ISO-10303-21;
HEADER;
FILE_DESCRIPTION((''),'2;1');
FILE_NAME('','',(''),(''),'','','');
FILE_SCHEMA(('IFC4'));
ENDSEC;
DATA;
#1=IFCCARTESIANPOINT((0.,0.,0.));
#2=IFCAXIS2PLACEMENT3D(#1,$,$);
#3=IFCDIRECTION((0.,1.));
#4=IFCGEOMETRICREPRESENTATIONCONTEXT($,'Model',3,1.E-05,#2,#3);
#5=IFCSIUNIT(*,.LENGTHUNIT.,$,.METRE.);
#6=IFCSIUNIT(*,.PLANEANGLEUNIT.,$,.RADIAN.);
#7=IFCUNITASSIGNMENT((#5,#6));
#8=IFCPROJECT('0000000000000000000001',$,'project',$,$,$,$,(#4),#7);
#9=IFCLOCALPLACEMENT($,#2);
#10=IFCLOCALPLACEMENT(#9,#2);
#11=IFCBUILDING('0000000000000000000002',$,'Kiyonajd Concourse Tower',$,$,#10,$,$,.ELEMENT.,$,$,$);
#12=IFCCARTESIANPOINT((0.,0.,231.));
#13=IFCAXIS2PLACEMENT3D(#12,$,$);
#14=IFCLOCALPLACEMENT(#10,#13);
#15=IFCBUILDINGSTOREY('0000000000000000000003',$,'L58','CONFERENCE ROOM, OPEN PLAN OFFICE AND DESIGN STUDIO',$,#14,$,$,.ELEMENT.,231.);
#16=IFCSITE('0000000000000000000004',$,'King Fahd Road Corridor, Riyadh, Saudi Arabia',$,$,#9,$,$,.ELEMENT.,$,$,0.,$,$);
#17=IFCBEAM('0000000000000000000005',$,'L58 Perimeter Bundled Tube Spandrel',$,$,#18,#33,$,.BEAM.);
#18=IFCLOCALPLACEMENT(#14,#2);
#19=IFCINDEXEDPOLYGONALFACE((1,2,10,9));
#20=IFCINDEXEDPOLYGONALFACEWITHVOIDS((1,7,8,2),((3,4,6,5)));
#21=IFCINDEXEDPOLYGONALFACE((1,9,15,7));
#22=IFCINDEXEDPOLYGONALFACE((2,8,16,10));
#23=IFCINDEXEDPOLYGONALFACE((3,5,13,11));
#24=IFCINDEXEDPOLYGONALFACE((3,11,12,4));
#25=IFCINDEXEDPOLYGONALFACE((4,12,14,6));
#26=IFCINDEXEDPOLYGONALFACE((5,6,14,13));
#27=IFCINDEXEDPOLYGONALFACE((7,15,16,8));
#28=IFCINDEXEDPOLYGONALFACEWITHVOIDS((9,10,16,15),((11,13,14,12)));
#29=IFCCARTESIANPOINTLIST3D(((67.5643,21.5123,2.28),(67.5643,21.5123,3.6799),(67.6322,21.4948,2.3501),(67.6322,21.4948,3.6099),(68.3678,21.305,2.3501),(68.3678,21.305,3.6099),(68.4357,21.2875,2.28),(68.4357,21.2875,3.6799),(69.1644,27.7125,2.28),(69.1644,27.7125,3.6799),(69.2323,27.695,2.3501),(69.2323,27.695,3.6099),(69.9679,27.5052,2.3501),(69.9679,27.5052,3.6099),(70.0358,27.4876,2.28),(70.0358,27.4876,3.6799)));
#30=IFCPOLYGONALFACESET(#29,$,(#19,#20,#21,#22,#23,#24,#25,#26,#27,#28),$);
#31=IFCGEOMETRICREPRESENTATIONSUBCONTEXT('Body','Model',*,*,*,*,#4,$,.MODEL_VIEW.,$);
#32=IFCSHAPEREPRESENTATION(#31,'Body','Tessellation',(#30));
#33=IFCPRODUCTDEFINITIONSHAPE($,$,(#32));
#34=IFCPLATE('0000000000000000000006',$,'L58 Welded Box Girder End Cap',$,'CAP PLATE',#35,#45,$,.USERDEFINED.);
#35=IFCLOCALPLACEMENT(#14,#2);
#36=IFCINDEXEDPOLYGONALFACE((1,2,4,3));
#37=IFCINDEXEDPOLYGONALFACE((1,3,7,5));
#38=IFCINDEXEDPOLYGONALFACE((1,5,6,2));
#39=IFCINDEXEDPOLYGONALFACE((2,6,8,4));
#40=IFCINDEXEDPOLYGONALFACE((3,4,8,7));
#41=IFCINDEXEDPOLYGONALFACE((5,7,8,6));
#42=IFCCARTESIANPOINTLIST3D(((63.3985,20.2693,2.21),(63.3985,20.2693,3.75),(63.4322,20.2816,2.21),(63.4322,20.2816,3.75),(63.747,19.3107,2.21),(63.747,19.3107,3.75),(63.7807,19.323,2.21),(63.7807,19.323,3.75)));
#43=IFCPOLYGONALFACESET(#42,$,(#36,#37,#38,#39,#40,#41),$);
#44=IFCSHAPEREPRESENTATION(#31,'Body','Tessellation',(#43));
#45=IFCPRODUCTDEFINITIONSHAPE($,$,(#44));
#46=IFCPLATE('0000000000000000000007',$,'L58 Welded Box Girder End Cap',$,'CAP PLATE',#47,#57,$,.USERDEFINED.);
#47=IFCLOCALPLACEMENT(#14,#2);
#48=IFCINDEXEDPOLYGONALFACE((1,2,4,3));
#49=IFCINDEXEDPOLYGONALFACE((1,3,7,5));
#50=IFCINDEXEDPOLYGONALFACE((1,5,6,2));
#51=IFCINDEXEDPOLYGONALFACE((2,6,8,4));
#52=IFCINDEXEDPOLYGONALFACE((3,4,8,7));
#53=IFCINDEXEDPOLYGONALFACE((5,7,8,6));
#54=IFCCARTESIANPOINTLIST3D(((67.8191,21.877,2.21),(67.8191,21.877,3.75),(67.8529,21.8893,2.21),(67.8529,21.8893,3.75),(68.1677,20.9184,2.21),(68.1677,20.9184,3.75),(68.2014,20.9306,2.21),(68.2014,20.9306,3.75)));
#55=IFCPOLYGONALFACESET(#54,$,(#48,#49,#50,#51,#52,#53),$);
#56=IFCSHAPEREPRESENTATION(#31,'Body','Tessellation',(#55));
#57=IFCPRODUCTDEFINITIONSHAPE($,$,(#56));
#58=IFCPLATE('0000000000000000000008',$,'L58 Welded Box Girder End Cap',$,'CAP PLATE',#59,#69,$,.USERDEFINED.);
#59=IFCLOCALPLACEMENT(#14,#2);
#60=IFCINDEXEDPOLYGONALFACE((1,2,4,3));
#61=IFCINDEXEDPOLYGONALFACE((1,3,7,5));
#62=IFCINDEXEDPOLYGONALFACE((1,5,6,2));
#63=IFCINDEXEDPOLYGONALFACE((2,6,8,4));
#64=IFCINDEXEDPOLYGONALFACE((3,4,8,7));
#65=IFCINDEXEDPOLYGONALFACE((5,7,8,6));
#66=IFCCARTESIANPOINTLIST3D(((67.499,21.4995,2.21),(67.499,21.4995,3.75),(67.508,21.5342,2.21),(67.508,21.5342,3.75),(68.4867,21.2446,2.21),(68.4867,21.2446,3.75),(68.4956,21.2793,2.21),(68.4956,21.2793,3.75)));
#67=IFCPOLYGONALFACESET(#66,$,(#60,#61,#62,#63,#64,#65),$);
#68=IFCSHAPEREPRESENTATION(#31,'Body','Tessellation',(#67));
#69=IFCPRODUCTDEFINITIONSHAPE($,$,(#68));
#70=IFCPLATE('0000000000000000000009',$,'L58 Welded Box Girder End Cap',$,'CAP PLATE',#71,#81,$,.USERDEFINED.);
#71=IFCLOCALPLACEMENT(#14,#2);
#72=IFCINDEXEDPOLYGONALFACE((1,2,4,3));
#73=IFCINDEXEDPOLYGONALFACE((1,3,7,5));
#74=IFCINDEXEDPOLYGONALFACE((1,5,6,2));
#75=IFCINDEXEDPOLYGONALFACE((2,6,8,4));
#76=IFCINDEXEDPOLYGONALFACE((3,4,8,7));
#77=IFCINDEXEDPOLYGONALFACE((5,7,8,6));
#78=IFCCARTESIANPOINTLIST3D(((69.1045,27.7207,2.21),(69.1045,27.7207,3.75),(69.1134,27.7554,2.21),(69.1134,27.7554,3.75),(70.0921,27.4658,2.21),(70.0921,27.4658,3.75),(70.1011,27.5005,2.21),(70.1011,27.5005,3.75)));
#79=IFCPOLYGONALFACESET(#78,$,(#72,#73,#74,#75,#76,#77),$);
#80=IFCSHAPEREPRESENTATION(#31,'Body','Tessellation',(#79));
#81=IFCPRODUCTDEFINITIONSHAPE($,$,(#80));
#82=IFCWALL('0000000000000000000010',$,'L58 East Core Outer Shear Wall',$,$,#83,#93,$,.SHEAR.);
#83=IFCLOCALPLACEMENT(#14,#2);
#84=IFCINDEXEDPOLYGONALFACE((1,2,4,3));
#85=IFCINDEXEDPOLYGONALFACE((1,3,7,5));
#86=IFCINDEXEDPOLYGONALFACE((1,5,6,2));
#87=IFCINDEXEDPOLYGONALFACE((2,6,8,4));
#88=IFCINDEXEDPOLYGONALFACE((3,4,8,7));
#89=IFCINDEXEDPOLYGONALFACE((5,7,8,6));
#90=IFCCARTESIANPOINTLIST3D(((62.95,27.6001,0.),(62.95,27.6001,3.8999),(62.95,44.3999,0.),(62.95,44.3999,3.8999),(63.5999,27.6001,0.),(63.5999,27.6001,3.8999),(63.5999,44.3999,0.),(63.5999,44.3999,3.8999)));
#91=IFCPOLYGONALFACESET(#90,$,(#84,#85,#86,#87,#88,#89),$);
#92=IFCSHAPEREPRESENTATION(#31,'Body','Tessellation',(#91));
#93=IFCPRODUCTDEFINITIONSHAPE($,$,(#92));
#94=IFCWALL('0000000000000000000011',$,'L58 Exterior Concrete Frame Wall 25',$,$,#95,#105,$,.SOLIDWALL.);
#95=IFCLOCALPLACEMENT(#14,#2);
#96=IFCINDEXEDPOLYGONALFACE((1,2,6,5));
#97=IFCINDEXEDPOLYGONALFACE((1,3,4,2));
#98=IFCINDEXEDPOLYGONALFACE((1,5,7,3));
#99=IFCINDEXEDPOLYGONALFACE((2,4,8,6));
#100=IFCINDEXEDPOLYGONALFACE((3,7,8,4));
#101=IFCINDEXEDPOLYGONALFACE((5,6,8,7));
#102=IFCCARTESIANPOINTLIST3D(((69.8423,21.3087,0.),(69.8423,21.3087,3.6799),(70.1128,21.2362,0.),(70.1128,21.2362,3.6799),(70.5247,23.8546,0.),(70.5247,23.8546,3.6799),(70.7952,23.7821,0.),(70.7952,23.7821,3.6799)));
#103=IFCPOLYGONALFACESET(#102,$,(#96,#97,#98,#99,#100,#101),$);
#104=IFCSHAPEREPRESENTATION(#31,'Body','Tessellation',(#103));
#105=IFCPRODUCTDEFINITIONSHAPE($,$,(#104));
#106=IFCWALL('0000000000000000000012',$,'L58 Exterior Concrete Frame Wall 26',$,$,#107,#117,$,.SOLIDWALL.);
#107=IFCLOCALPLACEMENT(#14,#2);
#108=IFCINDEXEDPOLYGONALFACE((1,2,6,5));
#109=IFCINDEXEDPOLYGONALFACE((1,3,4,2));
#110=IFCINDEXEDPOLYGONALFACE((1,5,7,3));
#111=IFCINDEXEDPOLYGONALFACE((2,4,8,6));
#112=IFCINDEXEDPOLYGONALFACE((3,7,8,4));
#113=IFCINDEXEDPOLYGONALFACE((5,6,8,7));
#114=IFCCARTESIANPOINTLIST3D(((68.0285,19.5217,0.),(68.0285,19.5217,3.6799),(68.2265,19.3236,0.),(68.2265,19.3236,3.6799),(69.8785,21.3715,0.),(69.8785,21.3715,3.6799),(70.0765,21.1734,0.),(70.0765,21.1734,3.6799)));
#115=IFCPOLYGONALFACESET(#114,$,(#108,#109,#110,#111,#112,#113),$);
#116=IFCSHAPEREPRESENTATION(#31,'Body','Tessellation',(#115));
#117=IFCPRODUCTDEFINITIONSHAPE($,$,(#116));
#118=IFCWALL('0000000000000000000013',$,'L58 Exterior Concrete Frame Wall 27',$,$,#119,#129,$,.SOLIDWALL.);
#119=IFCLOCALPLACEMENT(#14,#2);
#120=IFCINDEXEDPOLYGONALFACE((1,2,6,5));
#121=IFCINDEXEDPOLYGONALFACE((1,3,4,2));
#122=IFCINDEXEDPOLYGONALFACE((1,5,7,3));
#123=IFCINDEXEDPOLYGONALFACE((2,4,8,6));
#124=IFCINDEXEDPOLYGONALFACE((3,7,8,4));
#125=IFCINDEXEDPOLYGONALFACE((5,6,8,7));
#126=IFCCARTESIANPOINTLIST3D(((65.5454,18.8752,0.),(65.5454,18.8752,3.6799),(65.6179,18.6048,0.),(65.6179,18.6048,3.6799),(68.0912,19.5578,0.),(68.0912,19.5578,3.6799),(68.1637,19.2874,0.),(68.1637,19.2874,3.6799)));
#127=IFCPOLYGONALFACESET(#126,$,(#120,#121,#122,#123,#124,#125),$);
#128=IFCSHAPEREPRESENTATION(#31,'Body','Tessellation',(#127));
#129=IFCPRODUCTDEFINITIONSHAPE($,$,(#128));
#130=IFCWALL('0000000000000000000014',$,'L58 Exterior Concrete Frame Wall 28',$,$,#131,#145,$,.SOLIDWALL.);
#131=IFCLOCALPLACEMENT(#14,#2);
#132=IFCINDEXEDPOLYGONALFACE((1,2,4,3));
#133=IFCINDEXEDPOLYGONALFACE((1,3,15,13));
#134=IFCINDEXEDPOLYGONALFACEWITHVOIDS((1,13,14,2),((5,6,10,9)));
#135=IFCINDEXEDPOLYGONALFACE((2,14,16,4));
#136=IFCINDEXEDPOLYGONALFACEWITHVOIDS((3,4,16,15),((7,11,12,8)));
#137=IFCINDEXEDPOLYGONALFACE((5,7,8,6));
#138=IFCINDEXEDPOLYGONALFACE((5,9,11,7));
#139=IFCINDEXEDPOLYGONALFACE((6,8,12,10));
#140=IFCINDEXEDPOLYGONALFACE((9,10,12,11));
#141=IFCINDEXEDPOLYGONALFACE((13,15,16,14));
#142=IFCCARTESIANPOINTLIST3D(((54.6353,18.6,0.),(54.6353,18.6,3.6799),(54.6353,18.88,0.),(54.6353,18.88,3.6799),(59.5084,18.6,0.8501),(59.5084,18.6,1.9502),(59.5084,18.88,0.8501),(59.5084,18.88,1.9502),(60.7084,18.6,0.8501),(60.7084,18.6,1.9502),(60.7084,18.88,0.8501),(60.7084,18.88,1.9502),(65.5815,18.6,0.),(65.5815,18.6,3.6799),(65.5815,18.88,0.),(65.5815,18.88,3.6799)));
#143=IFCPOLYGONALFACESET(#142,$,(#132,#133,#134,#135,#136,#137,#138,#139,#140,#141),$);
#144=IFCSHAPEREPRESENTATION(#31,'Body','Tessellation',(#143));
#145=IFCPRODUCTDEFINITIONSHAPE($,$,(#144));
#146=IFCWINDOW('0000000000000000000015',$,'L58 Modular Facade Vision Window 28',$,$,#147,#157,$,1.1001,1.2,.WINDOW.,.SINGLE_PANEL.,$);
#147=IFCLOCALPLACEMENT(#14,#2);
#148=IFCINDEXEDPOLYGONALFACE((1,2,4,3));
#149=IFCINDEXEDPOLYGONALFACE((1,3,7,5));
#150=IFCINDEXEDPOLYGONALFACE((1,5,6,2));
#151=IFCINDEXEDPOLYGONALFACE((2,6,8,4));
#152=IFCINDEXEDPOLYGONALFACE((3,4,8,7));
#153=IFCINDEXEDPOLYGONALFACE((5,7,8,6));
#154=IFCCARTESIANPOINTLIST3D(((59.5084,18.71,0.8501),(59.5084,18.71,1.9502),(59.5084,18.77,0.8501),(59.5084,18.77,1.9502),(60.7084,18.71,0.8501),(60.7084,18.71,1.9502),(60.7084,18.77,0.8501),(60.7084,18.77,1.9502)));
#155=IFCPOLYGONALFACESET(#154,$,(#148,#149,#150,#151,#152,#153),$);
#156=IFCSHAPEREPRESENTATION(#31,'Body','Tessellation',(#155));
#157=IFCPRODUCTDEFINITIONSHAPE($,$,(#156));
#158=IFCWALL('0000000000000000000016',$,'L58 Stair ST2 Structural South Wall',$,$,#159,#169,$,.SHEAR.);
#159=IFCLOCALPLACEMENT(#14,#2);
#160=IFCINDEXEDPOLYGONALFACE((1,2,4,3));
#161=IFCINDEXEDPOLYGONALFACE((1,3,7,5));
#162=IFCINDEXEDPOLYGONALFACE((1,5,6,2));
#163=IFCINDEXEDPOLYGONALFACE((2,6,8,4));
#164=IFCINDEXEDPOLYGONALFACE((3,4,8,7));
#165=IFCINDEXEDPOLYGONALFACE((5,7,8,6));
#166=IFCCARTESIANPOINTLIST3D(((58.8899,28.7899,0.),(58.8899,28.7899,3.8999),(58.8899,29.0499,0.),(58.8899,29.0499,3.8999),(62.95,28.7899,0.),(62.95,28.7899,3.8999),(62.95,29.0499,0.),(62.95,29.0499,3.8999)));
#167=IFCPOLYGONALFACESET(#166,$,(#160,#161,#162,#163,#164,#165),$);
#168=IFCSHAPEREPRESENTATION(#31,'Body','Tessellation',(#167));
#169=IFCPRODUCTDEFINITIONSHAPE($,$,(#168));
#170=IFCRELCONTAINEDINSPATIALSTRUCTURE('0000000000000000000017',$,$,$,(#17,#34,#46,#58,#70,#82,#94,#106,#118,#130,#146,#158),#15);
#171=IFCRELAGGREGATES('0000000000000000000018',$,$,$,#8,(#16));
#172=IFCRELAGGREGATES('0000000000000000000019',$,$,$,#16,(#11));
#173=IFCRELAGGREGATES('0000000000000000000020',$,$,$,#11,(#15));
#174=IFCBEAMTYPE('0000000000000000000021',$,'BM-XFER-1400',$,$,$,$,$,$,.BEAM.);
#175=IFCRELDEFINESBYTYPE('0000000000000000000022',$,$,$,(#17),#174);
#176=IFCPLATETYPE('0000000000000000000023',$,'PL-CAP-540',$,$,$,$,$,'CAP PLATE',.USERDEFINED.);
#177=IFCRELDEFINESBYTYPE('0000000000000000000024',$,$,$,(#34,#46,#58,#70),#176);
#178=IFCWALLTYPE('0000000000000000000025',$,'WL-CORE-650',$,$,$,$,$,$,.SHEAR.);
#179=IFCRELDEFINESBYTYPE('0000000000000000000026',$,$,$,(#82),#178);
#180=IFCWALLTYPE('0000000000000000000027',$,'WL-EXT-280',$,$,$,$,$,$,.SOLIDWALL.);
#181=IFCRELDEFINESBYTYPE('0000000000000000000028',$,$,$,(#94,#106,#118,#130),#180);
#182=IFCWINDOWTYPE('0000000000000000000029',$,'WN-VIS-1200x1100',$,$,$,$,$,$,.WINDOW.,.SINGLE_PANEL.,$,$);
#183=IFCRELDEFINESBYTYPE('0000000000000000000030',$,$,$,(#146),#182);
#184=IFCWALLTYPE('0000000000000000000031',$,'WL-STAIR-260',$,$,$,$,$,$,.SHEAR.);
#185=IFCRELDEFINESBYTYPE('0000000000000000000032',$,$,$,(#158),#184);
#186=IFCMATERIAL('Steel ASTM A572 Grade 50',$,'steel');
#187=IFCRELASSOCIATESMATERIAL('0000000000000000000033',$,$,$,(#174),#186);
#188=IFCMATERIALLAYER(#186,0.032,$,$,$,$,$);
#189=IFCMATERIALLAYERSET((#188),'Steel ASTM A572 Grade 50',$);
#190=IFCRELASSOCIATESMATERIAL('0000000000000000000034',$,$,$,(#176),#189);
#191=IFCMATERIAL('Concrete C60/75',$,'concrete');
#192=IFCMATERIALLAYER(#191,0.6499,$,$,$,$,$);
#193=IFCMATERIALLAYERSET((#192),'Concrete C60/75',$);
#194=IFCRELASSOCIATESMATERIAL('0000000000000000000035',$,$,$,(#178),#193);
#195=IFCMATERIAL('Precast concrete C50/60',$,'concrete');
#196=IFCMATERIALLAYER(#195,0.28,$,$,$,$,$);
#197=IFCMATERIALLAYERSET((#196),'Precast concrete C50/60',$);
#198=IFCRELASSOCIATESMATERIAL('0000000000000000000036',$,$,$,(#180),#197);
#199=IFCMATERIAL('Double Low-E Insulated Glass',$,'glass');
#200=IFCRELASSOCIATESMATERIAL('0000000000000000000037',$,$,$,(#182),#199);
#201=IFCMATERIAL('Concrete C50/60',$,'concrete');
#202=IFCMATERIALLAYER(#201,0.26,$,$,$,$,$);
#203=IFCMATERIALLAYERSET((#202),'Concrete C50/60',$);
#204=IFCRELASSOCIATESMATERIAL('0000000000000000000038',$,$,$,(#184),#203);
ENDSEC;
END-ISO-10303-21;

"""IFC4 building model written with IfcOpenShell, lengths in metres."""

from ifc_helpers import new_model, si_unit, direction, frame, frame_2d, origin, origin_2d, place, context, subcontext, project, spatial, rectangle, hollow_rectangle, extrude, material, layer, layer_set, material_profile, profile_set, type_object, element, fill, save


model = new_model("IFC4")

# Units and contexts
model_context = context("Model", 3, precision=1e-05, world=origin(), true_north=direction((0.0, 1.0)))
body_context = subcontext(model_context, "Body", "Model", "MODEL_VIEW")
ifc_project = project(units=[si_unit("LENGTHUNIT", "METRE"), si_unit("PLANEANGLEUNIT", "RADIAN")], contexts=[model_context])

# Site, building, storey
site_placement = place(None, origin())
site = spatial("IfcSite", under=ifc_project, at=site_placement, Name="King Fahd Road Corridor, Riyadh, Saudi Arabia", CompositionType="ELEMENT", RefElevation=0.0)
building_placement = place(site_placement, origin())
building = spatial("IfcBuilding", under=site, at=building_placement, Name="Kiyonajd Concourse Tower", CompositionType="ELEMENT")
storey_placement = place(building_placement, frame((0.0, 0.0, 231.0)))
storey = spatial("IfcBuildingStorey", under=building, at=storey_placement, Name="L58", Description="CONFERENCE ROOM, OPEN PLAN OFFICE AND DESIGN STUDIO", CompositionType="ELEMENT", Elevation=231.0)

# Shared definitions
ifc_material_1 = material(Name="Concrete C60/75", Category="concrete")

# Beam
ifc_material_2 = material(Name="Concrete C50/60", Category="concrete")
ifc_material_3 = material(Name="Steel ASTM A572 Grade 50", Category="steel")
ifc_material_profile_1 = material_profile(ifc_material_3, hollow_rectangle(XDim=0.8999, YDim=1.3999, WallThickness=0.0701, at=origin_2d()), Name="BOX-1400x900x70")
ifc_profile_set_1 = profile_set([ifc_material_profile_1], Name="Steel ASTM A572 Grade 50")
beam_type_1 = type_object("IfcBeamType", Name="BM-XFER-1400", PredefinedType="BEAM", material=ifc_profile_set_1)
beam_1_placement = place(storey_placement, frame((68.0, 21.3999, 2.98), z_axis=(0.249885, 0.968276, 0.0), x_axis=(-0.968276, 0.249885, 0.0)))
element("IfcBeam", 1, at=beam_1_placement, inside=storey, type_object=beam_type_1, Name="L58 Perimeter Bundled Tube Spandrel", PredefinedType="BEAM", context=body_context, shape_type="SweptSolid", body=[
    extrude(hollow_rectangle(XDim=0.8999, YDim=1.3999, WallThickness=0.0701, at=origin_2d()), origin(), (0.0, 0.0, 1.0), 6.4033),
])

# Plates
ifc_layer_1 = layer(ifc_material_3, 0.032)
ifc_layer_set_1 = layer_set([ifc_layer_1], Name="Steel ASTM A572 Grade 50")
plate_type = type_object("IfcPlateType", Name="PL-CAP-540", ElementType="CAP PLATE", PredefinedType="USERDEFINED", material=ifc_layer_set_1)
for number, where, z_axis, x_axis, name in (
    (2, (63.5896, 19.7961, 2.21), (0.0, 0.0, 1.0), (-0.939812, -0.341692, 0.0), "L58 Welded Box Girder End Cap"),
    (3, (68.0103, 21.4038, 2.21), (0.0, 0.0, 1.0), (0.939812, 0.341692, 0.0), "L58 Welded Box Girder End Cap"),
    (4, (67.9973, 21.3894, 2.21), (0.0, 0.0, 1.0), (-0.249873, -0.968279, 0.0), "L58 Welded Box Girder End Cap"),
    (5, (69.6028, 27.6106, 2.21), (0.0, 0.0, 1.0), (0.249873, 0.968279, 0.0), "L58 Welded Box Girder End Cap"),
):
    element("IfcPlate", number, at=place(storey_placement, frame(where, z_axis=z_axis, x_axis=x_axis)), inside=storey, type_object=plate_type, Name=name, ObjectType="CAP PLATE", PredefinedType="USERDEFINED", context=body_context, shape_type="SweptSolid", body=[
        extrude(rectangle(XDim=0.0359, YDim=1.02, at=origin_2d()), origin(), (0.0, 0.0, 1.0), 1.54),
    ])

# Walls
ifc_layer_2 = layer(ifc_material_1, 0.6499)
ifc_layer_set_2 = layer_set([ifc_layer_2], Name="Concrete C60/75")
wall_type_1 = type_object("IfcWallType", Name="WL-CORE-650", PredefinedType="SHEAR", material=ifc_layer_set_2)
wall_1_placement = place(storey_placement, frame((63.2749, 27.6001, 0.0), z_axis=(0.0, 0.0, 1.0), x_axis=(0.0, 1.0, 0.0)))
element("IfcWall", 6, at=wall_1_placement, inside=storey, type_object=wall_type_1, Name="L58 East Core Outer Shear Wall", PredefinedType="SHEAR", context=body_context, shape_type="SweptSolid", body=[
    extrude(rectangle(XDim=16.7998, YDim=0.6499, at=frame_2d((8.3999, 0.0))), origin(), (0.0, 0.0, 1.0), 3.8999),
])
ifc_material_4 = material(Name="Precast concrete C50/60", Category="concrete")
ifc_layer_3 = layer(ifc_material_4, 0.28)
ifc_layer_set_3 = layer_set([ifc_layer_3], Name="Precast concrete C50/60")
wall_type_2 = type_object("IfcWallType", Name="WL-EXT-280", PredefinedType="SOLIDWALL", material=ifc_layer_set_3)
wall_2_placement = place(storey_placement, frame((70.6599, 23.8184, 0.0), z_axis=(0.0, 0.0, 1.0), x_axis=(-0.25889, -0.965907, 0.0)))
element("IfcWall", 7, at=wall_2_placement, inside=storey, type_object=wall_type_2, Name="L58 Exterior Concrete Frame Wall 25", PredefinedType="SOLIDWALL", context=body_context, shape_type="SweptSolid", body=[
    extrude(rectangle(XDim=2.6357, YDim=0.28, at=frame_2d((1.3179, 0.0))), origin(), (0.0, 0.0, 1.0), 3.6799),
])
wall_3_placement = place(storey_placement, frame((69.9775, 21.2725, 0.0), z_axis=(0.0, 0.0, 1.0), x_axis=(-0.707153, -0.70706, 0.0)))
element("IfcWall", 8, at=wall_3_placement, inside=storey, type_object=wall_type_2, Name="L58 Exterior Concrete Frame Wall 26", PredefinedType="SOLIDWALL", context=body_context, shape_type="SweptSolid", body=[
    extrude(rectangle(XDim=2.6162, YDim=0.28, at=frame_2d((1.3081, 0.0))), origin(), (0.0, 0.0, 1.0), 3.6799),
])
wall_4_placement = place(storey_placement, frame((68.1274, 19.4226, 0.0), z_axis=(0.0, 0.0, 1.0), x_axis=(-0.965884, -0.258977, 0.0)))
element("IfcWall", 9, at=wall_4_placement, inside=storey, type_object=wall_type_2, Name="L58 Exterior Concrete Frame Wall 27", PredefinedType="SOLIDWALL", context=body_context, shape_type="SweptSolid", body=[
    extrude(rectangle(XDim=2.6357, YDim=0.28, at=frame_2d((1.3179, 0.0))), origin(), (0.0, 0.0, 1.0), 3.6799),
])

# Wall, opening, window
wall_5_placement = place(storey_placement, frame((65.5815, 18.74, 0.0), z_axis=(0.0, 0.0, 1.0), x_axis=(-1.0, 0.0, 0.0)))
wall_5 = element("IfcWall", 10, at=wall_5_placement, inside=storey, type_object=wall_type_2, Name="L58 Exterior Concrete Frame Wall 28", PredefinedType="SOLIDWALL", context=body_context, shape_type="SweptSolid", body=[
    extrude(rectangle(XDim=10.9463, YDim=0.28, at=frame_2d((5.4731, 0.0))), origin(), (0.0, 0.0, 1.0), 3.6799),
])
opening_1_placement = place(wall_5_placement, frame((4.873, 0.0, 0.8501)))
opening_1 = element("IfcOpeningElement", 11, at=opening_1_placement, cuts=wall_5, PredefinedType="OPENING", context=body_context, shape_type="SweptSolid", body=[
    extrude(rectangle(XDim=1.2, YDim=1.1001, at=frame_2d((0.6001, 0.55))), frame((0.0, 0.1499, 0.0), z_axis=(0.0, -1.0, 0.0), x_axis=(1.0, 0.0, 0.0)), (0.0, 0.0, 1.0), 0.3),
])
ifc_material_5 = material(Name="Double Low-E Insulated Glass", Category="glass")
window_type = type_object("IfcWindowType", Name="WN-VIS-1200x1100", PartitioningType="SINGLE_PANEL", PredefinedType="WINDOW", material=ifc_material_5)
window_placement = place(opening_1_placement, origin())
window = element("IfcWindow", 12, at=window_placement, inside=storey, type_object=window_type, Name="L58 Modular Facade Vision Window 28", OverallHeight=1.1001, OverallWidth=1.2, PartitioningType="SINGLE_PANEL", PredefinedType="WINDOW", context=body_context, shape_type="SweptSolid", body=[
    extrude(rectangle(XDim=1.2, YDim=1.1001, at=frame_2d((0.6001, 0.55))), frame((0.0, 0.03, 0.0), z_axis=(0.0, -1.0, 0.0), x_axis=(1.0, 0.0, 0.0)), (0.0, 0.0, 1.0), 0.0601),
])
fill(opening_1, window)

# Wall
ifc_layer_4 = layer(ifc_material_2, 0.26)
ifc_layer_set_4 = layer_set([ifc_layer_4], Name="Concrete C50/60")
wall_type_3 = type_object("IfcWallType", Name="WL-STAIR-260", PredefinedType="SHEAR", material=ifc_layer_set_4)
wall_6_placement = place(storey_placement, frame((58.8899, 28.9199, 0.0), z_axis=(0.0, 0.0, 1.0), x_axis=(1.0, 0.0, 0.0)))
element("IfcWall", 13, at=wall_6_placement, inside=storey, type_object=wall_type_3, Name="L58 Stair ST2 Structural South Wall", PredefinedType="SHEAR", context=body_context, shape_type="SweptSolid", body=[
    extrude(rectangle(XDim=4.0601, YDim=0.26, at=frame_2d((2.03, 0.0))), origin(), (0.0, 0.0, 1.0), 3.8999),
])

save(model, "model.ifc")
